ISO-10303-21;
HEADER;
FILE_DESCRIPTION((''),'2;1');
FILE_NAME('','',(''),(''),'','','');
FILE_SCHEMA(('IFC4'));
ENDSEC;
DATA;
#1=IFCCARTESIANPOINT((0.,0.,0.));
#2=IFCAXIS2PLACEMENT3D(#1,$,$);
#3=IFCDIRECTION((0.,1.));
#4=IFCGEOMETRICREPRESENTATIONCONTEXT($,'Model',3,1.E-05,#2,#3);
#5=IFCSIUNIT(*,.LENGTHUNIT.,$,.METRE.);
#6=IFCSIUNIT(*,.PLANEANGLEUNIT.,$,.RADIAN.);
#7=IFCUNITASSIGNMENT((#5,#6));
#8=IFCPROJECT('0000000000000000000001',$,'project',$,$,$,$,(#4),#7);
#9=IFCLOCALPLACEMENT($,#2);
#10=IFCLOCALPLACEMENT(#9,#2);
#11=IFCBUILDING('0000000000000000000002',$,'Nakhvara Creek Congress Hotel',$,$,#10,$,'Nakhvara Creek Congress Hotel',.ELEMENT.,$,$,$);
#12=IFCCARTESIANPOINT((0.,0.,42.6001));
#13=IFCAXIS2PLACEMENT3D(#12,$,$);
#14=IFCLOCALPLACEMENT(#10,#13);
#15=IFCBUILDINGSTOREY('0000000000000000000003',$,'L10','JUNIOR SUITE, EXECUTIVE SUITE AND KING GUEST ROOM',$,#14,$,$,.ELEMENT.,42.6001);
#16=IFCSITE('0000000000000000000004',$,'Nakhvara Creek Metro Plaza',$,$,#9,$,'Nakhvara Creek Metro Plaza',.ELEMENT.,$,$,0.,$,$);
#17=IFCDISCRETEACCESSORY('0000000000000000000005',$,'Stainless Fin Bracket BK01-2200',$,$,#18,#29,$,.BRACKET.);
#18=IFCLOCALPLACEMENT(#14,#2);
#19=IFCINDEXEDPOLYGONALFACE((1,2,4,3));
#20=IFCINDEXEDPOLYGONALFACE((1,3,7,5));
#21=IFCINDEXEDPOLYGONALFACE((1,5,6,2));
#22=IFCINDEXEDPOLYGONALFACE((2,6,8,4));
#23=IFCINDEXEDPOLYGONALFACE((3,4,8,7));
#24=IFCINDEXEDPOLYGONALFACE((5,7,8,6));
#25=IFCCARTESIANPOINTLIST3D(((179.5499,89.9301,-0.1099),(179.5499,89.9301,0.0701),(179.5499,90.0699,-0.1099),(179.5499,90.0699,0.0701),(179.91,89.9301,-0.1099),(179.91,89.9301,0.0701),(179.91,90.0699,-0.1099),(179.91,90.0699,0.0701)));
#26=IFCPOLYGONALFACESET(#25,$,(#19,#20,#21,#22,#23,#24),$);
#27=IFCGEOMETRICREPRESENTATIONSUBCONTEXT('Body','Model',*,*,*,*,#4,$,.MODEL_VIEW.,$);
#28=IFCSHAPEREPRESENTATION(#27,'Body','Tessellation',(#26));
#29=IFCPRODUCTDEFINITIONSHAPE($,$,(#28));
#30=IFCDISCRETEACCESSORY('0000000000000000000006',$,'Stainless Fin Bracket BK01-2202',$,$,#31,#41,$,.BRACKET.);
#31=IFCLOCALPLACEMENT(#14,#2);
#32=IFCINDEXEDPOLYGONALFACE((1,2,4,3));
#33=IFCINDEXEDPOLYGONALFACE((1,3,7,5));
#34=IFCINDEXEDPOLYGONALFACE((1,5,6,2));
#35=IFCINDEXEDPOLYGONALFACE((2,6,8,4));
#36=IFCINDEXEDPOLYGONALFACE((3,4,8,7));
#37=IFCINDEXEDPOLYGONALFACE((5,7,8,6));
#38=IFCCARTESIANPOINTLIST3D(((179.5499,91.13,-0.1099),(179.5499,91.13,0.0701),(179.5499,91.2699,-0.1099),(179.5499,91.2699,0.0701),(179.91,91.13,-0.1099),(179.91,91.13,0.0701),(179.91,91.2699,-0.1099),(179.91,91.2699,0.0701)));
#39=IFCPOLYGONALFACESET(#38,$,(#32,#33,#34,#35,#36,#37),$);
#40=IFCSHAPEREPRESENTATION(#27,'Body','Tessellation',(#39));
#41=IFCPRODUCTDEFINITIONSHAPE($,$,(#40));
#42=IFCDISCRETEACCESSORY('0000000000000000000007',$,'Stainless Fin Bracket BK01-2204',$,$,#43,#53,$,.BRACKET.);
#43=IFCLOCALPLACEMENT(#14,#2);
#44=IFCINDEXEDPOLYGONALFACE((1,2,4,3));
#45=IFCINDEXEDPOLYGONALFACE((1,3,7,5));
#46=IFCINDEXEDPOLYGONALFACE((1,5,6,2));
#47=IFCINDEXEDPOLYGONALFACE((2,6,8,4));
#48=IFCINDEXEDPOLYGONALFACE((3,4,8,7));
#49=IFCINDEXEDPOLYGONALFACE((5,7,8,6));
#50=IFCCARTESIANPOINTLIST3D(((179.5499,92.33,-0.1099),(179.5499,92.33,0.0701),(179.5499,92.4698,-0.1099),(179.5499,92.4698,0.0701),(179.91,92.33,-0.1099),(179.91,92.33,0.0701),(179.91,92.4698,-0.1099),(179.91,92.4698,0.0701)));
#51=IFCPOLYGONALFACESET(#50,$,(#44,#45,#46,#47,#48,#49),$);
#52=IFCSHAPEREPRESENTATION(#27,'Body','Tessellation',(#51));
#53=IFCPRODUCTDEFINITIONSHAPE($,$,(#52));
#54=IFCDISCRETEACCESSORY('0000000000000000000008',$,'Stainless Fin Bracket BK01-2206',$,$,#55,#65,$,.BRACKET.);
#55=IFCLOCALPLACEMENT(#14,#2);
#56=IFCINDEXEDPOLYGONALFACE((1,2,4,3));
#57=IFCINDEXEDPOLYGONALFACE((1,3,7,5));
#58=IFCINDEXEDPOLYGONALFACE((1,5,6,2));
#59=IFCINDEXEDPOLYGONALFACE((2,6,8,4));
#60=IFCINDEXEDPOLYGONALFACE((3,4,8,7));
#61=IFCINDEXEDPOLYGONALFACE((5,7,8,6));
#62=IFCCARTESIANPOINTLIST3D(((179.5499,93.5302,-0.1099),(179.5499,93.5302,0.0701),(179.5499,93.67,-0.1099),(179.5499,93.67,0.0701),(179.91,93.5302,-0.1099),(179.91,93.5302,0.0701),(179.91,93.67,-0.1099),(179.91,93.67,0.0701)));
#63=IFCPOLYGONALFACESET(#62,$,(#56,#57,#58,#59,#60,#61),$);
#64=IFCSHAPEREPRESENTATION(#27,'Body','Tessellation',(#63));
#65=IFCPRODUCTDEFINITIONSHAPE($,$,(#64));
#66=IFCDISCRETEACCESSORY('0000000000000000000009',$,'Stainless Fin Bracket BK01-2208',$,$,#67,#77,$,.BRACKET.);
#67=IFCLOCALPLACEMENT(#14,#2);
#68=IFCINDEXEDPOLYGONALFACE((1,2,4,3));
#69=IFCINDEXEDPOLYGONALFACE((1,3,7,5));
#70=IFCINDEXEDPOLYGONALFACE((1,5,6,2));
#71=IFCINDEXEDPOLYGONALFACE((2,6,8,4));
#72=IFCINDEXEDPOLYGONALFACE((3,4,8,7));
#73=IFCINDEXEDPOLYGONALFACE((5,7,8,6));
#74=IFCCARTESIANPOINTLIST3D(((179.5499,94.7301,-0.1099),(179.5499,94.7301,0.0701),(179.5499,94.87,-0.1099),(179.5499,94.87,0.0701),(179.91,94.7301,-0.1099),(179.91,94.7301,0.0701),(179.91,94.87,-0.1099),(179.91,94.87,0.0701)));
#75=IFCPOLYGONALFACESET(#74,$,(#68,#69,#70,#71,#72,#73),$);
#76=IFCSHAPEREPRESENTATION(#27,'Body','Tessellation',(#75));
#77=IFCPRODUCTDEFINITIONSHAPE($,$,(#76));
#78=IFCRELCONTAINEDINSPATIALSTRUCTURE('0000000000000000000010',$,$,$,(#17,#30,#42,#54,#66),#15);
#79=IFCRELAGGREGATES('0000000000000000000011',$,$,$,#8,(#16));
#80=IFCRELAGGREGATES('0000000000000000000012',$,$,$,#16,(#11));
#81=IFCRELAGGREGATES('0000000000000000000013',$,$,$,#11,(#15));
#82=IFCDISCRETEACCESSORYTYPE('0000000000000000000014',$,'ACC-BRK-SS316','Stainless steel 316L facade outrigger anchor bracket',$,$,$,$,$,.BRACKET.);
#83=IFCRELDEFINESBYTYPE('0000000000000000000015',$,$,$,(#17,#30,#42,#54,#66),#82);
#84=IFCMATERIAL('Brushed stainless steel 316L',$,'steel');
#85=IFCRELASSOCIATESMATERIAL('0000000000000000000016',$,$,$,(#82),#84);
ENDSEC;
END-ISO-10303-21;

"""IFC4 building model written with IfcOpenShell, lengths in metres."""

from ifc_helpers import new_model, si_unit, direction, frame, origin, origin_2d, place, context, subcontext, project, spatial, rectangle, extrude, material, type_object, element, save


model = new_model("IFC4")

# Units and contexts
model_context = context("Model", 3, precision=1e-05, world=origin(), true_north=direction((0.0, 1.0)))
body_context = subcontext(model_context, "Body", "Model", "MODEL_VIEW")
ifc_project = project(units=[si_unit("LENGTHUNIT", "METRE"), si_unit("PLANEANGLEUNIT", "RADIAN")], contexts=[model_context])

# Site, building, storey
site_placement = place(None, origin())
site = spatial("IfcSite", under=ifc_project, at=site_placement, Name="Nakhvara Creek Metro Plaza", LongName="Nakhvara Creek Metro Plaza", CompositionType="ELEMENT", RefElevation=0.0)
building_placement = place(site_placement, origin())
building = spatial("IfcBuilding", under=site, at=building_placement, Name="Nakhvara Creek Congress Hotel", LongName="Nakhvara Creek Congress Hotel", CompositionType="ELEMENT")
storey_placement = place(building_placement, frame((0.0, 0.0, 42.6001)))
storey = spatial("IfcBuildingStorey", under=building, at=storey_placement, Name="L10", Description="JUNIOR SUITE, EXECUTIVE SUITE AND KING GUEST ROOM", CompositionType="ELEMENT", Elevation=42.6001)

# Discrete accessories
ifc_material_1 = material(Name="Brushed stainless steel 316L", Category="steel")
discrete_accessory_type = type_object("IfcDiscreteAccessoryType", Name="ACC-BRK-SS316", Description="Stainless steel 316L facade outrigger anchor bracket", PredefinedType="BRACKET", material=ifc_material_1)
for number, where, z_axis, x_axis, name in (
    (1, (179.73, 90.0, -0.1099), (0.0, 0.0, 1.0), (0.0, 1.0, 0.0), "Stainless Fin Bracket BK01-2200"),
    (2, (179.73, 91.2, -0.1099), (0.0, 0.0, 1.0), (0.0, 1.0, 0.0), "Stainless Fin Bracket BK01-2202"),
    (3, (179.73, 92.3999, -0.1099), (0.0, 0.0, 1.0), (0.0, 1.0, 0.0), "Stainless Fin Bracket BK01-2204"),
    (4, (179.73, 93.6001, -0.1099), (0.0, 0.0, 1.0), (0.0, 1.0, 0.0), "Stainless Fin Bracket BK01-2206"),
    (5, (179.73, 94.8, -0.1099), (0.0, 0.0, 1.0), (0.0, 1.0, 0.0), "Stainless Fin Bracket BK01-2208"),
):
    element("IfcDiscreteAccessory", number, at=place(storey_placement, frame(where, z_axis=z_axis, x_axis=x_axis)), inside=storey, type_object=discrete_accessory_type, Name=name, PredefinedType="BRACKET", context=body_context, shape_type="SweptSolid", body=[
        extrude(rectangle(XDim=0.1399, YDim=0.3601, at=origin_2d()), origin(), (0.0, 0.0, 1.0), 0.1799),
    ])

save(model, "model.ifc")
